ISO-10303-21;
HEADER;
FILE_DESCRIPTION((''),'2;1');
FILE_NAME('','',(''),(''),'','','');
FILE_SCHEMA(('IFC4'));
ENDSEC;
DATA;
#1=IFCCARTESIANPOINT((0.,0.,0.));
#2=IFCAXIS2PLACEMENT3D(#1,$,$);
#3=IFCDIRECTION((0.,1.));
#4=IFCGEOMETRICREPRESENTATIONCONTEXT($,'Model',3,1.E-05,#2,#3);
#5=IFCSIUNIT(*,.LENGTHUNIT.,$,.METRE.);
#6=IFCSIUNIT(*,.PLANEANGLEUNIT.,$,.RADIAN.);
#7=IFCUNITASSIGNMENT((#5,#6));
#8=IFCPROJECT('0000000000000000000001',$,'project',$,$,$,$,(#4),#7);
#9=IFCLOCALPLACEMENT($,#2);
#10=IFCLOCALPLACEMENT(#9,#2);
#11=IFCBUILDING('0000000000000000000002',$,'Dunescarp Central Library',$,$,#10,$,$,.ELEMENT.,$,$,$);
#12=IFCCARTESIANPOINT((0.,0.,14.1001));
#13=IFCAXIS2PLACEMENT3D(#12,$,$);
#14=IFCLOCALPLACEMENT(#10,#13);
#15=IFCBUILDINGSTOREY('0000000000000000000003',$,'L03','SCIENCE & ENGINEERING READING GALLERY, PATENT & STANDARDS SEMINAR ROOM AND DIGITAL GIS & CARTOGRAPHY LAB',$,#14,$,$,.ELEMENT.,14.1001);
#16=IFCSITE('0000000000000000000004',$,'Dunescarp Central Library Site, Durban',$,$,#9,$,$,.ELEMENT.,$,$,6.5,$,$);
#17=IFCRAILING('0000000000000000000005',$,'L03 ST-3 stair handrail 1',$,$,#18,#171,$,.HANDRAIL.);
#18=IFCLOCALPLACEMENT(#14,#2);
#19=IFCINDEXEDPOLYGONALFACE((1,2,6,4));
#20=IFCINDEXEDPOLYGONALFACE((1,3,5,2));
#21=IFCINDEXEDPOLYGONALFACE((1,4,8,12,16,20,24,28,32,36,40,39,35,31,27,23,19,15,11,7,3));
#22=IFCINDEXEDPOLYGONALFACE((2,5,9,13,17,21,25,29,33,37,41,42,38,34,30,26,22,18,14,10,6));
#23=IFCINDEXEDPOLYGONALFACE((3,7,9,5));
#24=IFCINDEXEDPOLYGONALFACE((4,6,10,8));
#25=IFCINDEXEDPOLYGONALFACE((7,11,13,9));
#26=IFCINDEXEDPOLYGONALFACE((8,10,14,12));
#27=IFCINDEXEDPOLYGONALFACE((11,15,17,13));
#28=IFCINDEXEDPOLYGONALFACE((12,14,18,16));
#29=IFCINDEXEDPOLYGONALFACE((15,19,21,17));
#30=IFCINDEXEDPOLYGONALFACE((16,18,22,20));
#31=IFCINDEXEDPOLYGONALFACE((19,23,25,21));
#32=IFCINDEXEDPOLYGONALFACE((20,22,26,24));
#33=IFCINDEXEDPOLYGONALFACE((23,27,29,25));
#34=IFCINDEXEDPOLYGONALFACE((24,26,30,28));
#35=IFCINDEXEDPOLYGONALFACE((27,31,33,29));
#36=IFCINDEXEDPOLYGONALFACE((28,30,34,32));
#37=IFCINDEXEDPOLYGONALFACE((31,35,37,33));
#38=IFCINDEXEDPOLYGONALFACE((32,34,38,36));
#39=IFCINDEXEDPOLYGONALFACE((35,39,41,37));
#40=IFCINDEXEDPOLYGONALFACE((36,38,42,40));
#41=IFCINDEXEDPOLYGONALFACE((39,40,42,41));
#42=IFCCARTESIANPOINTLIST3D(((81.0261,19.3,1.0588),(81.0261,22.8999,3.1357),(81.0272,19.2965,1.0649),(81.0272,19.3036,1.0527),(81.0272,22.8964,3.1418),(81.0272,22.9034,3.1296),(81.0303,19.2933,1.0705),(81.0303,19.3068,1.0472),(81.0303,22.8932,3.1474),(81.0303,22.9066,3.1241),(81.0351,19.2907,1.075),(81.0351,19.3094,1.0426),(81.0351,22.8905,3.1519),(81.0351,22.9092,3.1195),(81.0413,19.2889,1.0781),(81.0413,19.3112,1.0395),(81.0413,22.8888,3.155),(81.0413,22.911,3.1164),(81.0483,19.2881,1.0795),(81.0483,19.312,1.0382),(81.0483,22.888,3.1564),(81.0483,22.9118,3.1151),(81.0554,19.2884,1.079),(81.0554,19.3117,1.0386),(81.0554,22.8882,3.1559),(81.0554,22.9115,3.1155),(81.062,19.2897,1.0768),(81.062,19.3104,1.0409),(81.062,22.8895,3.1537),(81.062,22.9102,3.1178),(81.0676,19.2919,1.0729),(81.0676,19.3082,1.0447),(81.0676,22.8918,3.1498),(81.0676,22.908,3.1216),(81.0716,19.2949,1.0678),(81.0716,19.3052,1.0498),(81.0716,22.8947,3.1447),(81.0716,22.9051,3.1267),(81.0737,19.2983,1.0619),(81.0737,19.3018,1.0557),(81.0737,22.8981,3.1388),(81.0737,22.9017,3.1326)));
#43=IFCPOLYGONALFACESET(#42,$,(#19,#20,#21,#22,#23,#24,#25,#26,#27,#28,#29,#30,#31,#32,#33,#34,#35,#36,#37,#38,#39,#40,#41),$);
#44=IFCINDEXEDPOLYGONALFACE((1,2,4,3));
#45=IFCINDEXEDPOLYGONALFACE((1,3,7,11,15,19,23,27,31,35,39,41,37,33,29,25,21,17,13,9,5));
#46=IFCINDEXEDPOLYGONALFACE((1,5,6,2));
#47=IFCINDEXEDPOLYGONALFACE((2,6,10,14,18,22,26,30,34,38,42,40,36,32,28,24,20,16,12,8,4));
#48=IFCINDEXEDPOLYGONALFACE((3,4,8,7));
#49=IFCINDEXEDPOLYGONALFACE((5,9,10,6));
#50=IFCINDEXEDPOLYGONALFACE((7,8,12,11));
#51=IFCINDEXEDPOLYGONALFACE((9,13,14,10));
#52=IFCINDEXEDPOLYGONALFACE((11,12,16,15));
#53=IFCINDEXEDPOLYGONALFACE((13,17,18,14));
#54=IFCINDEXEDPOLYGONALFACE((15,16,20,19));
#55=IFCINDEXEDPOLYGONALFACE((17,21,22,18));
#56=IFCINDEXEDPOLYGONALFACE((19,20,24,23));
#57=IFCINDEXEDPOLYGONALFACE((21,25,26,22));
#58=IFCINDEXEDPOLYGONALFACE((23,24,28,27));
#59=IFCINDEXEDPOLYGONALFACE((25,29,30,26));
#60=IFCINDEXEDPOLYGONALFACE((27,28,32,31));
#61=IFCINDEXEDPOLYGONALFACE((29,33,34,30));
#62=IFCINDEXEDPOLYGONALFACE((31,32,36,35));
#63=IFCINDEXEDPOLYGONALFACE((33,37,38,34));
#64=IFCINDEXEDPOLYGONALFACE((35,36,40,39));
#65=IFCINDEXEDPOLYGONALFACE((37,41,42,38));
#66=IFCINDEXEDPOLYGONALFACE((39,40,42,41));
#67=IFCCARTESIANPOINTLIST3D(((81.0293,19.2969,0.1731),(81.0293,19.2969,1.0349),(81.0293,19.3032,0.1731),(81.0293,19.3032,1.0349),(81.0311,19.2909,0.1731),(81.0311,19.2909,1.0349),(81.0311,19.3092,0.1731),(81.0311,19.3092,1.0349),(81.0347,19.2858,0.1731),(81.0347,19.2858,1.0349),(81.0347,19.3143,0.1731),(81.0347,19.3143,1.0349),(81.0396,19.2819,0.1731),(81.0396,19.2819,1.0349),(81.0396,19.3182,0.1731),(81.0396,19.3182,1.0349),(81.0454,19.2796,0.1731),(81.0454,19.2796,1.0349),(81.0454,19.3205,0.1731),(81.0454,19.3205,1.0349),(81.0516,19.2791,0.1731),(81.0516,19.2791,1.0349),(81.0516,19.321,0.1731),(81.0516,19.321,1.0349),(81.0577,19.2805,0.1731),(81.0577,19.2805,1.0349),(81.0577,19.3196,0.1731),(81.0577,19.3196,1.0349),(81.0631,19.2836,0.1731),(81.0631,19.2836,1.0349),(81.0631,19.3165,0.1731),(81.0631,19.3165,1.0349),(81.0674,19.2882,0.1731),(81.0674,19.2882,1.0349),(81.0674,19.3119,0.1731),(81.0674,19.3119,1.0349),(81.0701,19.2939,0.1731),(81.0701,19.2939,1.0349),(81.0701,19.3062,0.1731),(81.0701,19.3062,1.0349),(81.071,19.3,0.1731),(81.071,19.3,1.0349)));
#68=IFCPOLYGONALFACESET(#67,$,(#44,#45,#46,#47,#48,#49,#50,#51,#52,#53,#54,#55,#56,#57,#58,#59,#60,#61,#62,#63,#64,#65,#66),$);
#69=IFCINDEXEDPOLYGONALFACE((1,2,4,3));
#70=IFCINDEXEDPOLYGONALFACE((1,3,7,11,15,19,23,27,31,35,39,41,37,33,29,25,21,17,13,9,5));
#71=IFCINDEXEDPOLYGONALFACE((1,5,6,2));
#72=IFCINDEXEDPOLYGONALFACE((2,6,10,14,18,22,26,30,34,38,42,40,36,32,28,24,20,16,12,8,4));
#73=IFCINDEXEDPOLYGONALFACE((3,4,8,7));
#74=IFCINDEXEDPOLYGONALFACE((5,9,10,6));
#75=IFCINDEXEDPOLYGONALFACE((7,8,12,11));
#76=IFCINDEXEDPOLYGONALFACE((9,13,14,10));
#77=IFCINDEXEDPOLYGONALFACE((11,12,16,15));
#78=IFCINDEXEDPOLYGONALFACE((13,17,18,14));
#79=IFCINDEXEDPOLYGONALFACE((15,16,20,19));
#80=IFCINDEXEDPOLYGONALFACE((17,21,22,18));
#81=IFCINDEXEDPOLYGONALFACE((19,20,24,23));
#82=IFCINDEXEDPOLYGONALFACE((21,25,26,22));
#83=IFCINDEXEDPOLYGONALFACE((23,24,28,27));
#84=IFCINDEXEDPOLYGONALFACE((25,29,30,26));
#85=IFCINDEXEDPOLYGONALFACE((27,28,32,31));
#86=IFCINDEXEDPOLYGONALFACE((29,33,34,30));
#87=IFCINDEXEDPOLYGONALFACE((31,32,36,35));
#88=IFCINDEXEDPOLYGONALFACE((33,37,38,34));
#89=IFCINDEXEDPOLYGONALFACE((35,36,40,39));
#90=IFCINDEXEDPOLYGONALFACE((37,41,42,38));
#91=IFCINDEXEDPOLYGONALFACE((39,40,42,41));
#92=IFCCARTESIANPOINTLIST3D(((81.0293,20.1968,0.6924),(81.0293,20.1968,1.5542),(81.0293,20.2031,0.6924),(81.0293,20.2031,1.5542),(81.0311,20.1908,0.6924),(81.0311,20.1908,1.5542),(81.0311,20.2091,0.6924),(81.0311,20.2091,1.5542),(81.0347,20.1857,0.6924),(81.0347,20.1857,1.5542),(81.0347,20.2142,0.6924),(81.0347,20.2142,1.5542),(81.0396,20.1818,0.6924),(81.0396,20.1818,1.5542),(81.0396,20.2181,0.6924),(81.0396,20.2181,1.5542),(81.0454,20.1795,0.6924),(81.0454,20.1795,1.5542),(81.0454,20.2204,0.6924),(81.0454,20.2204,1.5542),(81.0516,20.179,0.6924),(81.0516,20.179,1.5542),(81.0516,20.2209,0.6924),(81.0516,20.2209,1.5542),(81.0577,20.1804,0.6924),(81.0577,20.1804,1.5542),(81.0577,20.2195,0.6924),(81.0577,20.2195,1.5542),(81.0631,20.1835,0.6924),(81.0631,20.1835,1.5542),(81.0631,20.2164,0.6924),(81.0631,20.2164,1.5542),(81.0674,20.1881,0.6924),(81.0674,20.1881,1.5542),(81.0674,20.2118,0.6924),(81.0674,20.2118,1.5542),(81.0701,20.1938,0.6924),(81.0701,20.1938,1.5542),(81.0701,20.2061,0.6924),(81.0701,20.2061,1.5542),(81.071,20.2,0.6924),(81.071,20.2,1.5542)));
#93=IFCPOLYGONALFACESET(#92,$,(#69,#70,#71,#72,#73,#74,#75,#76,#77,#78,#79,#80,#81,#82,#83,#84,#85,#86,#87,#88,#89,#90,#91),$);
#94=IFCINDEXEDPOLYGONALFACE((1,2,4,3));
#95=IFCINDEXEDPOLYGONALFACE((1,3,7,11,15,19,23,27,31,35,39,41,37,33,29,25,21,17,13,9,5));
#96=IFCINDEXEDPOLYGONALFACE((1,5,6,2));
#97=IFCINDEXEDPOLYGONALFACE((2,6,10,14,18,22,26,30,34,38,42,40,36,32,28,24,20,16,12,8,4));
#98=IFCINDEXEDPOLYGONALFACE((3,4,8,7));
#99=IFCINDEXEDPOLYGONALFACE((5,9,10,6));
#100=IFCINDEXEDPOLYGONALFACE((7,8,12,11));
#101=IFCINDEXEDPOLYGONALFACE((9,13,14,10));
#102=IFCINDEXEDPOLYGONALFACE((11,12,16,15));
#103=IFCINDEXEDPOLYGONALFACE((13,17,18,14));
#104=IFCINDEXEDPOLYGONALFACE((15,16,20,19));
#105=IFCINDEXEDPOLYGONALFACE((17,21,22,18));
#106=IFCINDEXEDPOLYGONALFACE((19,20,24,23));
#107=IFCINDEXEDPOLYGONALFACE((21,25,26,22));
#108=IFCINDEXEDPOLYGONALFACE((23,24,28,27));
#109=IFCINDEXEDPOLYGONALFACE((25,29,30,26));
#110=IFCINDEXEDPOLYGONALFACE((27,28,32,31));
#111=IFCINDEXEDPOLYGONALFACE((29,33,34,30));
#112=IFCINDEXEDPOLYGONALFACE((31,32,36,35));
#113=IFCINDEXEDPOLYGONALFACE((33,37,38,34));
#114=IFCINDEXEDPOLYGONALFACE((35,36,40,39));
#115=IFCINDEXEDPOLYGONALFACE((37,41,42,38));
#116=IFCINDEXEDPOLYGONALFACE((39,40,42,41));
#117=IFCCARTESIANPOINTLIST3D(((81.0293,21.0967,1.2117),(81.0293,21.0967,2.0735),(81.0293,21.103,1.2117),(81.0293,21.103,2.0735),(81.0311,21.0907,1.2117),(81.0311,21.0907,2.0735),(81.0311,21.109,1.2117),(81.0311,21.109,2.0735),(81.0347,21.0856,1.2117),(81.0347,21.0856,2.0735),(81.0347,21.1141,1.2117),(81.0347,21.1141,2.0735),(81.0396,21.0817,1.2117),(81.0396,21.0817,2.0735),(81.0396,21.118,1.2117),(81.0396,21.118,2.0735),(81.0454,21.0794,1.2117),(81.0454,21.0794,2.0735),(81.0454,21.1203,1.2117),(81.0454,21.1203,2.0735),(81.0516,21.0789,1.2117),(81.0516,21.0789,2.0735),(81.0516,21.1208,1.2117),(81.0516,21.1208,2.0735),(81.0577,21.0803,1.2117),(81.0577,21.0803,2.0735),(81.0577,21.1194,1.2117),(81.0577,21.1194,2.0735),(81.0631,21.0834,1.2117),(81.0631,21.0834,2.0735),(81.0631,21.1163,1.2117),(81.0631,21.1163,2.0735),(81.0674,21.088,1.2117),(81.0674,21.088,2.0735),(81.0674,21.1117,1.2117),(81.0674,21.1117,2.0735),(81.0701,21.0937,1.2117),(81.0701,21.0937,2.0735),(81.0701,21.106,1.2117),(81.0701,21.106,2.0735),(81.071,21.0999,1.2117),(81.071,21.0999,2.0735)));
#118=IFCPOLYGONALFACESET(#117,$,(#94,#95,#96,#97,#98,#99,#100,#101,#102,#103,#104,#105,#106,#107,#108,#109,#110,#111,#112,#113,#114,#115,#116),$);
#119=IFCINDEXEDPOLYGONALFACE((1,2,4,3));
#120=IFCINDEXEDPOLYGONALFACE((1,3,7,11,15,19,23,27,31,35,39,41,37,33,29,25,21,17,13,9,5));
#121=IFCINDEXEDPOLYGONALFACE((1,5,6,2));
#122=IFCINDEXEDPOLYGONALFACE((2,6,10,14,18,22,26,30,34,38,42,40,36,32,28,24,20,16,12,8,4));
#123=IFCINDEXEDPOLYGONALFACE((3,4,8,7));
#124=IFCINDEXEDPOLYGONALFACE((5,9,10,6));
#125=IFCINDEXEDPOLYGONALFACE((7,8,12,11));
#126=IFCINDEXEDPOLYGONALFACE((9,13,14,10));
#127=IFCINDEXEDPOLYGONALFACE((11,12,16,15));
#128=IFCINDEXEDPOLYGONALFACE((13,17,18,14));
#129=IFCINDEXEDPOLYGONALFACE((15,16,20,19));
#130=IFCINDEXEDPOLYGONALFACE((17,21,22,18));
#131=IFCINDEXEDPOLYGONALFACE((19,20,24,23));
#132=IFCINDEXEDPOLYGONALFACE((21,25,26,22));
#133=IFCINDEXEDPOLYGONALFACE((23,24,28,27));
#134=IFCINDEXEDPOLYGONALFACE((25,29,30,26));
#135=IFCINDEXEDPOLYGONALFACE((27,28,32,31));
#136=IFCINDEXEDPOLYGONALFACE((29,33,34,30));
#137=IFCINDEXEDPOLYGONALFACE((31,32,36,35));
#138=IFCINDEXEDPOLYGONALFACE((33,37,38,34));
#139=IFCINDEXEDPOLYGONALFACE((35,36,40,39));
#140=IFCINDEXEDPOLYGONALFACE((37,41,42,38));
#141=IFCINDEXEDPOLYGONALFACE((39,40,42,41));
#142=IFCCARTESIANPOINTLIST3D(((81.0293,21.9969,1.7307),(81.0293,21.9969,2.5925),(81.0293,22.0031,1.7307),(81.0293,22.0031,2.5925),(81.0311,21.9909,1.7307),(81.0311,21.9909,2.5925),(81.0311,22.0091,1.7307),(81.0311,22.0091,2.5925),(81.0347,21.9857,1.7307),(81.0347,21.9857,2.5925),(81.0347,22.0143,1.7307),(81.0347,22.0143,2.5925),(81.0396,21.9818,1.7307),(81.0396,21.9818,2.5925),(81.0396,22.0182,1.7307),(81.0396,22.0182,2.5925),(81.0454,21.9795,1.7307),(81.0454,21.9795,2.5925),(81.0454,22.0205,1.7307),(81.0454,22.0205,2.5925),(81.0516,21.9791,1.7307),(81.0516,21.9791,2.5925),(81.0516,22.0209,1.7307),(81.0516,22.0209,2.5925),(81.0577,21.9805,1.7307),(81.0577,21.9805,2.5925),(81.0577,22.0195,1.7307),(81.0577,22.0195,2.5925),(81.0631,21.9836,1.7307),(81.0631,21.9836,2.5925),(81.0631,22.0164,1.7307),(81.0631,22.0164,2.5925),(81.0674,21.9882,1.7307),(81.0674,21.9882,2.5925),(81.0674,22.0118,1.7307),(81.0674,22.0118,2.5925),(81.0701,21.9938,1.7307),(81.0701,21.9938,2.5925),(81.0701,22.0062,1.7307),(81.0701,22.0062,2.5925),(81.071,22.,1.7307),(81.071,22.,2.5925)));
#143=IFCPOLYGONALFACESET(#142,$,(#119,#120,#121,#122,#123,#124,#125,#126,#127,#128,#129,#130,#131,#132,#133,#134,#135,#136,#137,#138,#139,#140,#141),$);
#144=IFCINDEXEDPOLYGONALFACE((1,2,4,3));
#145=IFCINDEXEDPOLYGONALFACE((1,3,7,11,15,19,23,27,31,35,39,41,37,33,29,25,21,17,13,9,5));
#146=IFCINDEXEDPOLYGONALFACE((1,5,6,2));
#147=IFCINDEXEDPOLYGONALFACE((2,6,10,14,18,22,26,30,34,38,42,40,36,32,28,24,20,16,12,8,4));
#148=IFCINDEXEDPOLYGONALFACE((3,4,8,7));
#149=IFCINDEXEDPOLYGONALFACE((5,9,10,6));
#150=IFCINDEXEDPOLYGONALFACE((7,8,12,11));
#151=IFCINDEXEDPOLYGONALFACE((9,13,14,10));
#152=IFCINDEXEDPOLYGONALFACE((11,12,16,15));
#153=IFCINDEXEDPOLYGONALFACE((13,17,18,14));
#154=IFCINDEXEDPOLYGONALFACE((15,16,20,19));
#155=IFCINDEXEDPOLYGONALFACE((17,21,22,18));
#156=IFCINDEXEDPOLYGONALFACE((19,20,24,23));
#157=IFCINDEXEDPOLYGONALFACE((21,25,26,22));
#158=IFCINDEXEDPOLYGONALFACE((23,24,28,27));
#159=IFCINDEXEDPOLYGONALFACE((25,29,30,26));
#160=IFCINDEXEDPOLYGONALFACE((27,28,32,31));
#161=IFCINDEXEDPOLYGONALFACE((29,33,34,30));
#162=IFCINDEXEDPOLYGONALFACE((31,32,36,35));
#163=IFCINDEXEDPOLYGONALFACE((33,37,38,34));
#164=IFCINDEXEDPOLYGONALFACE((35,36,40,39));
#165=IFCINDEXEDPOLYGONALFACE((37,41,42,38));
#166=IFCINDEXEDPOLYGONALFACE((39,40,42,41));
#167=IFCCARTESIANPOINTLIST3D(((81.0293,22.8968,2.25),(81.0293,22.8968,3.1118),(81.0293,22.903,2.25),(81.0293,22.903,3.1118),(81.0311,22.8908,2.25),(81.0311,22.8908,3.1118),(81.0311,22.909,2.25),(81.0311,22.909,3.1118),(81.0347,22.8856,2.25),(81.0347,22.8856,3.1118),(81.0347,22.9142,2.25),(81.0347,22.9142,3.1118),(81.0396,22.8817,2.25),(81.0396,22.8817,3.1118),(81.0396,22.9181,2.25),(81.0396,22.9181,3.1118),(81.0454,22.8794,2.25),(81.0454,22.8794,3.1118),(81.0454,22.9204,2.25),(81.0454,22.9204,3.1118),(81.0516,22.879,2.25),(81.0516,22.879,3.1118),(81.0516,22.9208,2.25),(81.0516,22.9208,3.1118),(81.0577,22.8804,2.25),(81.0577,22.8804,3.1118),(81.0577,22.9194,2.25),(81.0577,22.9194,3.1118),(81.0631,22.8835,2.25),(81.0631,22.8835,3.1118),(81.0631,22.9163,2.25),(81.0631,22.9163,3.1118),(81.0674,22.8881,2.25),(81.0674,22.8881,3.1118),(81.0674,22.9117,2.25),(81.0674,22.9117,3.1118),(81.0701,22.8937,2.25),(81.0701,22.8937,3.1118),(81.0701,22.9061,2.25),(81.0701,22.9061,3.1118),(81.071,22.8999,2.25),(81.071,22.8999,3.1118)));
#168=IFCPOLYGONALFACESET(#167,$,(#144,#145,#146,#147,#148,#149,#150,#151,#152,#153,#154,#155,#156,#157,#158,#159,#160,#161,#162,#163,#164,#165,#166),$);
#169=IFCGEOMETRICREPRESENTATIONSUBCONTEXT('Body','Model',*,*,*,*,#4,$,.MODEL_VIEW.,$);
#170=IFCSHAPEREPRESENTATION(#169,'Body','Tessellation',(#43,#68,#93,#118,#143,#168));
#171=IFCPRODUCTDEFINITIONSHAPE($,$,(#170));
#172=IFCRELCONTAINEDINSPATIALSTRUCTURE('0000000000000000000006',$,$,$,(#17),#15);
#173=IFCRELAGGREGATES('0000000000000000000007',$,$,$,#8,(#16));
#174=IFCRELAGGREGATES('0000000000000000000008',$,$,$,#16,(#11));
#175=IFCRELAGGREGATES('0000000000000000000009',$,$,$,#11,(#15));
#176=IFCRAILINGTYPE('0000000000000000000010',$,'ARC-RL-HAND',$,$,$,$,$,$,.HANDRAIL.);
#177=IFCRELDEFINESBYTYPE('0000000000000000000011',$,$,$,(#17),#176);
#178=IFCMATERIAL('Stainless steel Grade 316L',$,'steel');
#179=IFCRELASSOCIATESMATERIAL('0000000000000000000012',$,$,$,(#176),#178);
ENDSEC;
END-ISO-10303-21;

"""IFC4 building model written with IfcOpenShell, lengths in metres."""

from ifc_helpers import new_model, si_unit, direction, frame, origin, origin_2d, place, context, subcontext, project, spatial, circle, extrude, material, type_object, element, save


model = new_model("IFC4")

# Units and contexts
model_context = context("Model", 3, precision=1e-05, world=origin(), true_north=direction((0.0, 1.0)))
body_context = subcontext(model_context, "Body", "Model", "MODEL_VIEW")
ifc_project = project(units=[si_unit("LENGTHUNIT", "METRE"), si_unit("PLANEANGLEUNIT", "RADIAN")], contexts=[model_context])

# Site, building, storey
site_placement = place(None, origin())
site = spatial("IfcSite", under=ifc_project, at=site_placement, Name="Dunescarp Central Library Site, Durban", CompositionType="ELEMENT", RefElevation=6.5)
building_placement = place(site_placement, origin())
building = spatial("IfcBuilding", under=site, at=building_placement, Name="Dunescarp Central Library", CompositionType="ELEMENT")
storey_placement = place(building_placement, frame((0.0, 0.0, 14.1001)))
storey = spatial("IfcBuildingStorey", under=building, at=storey_placement, Name="L03", Description="SCIENCE & ENGINEERING READING GALLERY, PATENT & STANDARDS SEMINAR ROOM AND DIGITAL GIS & CARTOGRAPHY LAB", CompositionType="ELEMENT", Elevation=14.1001)

# Railing
ifc_material_1 = material(Name="Stainless steel Grade 316L", Category="steel")
railing_type_1 = type_object("IfcRailingType", Name="ARC-RL-HAND", PredefinedType="HANDRAIL", material=ifc_material_1)
railing_1_placement = place(storey_placement, frame((81.05, 19.3, 0.1731)))
element("IfcRailing", 1, at=railing_1_placement, inside=storey, type_object=railing_type_1, Name="L03 ST-3 stair handrail 1", PredefinedType="HANDRAIL", context=body_context, shape_type="SweptSolid", body=[
    extrude(circle(Radius=0.0239, at=origin_2d()), frame((0.0, 0.0, 0.8857), z_axis=(0.0, 0.866179, 0.499734), x_axis=(-1.0, 0.0, 0.0)), (0.0, 0.0, 1.0), 4.156),
    extrude(circle(Radius=0.021, at=origin_2d()), origin(), (0.0, 0.0, 1.0), 0.8618),
    extrude(circle(Radius=0.021, at=origin_2d()), frame((0.0, 0.8999, 0.5193)), (0.0, 0.0, 1.0), 0.8618),
    extrude(circle(Radius=0.021, at=origin_2d()), frame((0.0, 1.7998, 1.0386)), (0.0, 0.0, 1.0), 0.8618),
    extrude(circle(Radius=0.021, at=origin_2d()), frame((0.0, 2.7, 1.5576)), (0.0, 0.0, 1.0), 0.8618),
    extrude(circle(Radius=0.021, at=origin_2d()), frame((0.0, 3.5999, 2.0769)), (0.0, 0.0, 1.0), 0.8618),
])

save(model, "model.ifc")
